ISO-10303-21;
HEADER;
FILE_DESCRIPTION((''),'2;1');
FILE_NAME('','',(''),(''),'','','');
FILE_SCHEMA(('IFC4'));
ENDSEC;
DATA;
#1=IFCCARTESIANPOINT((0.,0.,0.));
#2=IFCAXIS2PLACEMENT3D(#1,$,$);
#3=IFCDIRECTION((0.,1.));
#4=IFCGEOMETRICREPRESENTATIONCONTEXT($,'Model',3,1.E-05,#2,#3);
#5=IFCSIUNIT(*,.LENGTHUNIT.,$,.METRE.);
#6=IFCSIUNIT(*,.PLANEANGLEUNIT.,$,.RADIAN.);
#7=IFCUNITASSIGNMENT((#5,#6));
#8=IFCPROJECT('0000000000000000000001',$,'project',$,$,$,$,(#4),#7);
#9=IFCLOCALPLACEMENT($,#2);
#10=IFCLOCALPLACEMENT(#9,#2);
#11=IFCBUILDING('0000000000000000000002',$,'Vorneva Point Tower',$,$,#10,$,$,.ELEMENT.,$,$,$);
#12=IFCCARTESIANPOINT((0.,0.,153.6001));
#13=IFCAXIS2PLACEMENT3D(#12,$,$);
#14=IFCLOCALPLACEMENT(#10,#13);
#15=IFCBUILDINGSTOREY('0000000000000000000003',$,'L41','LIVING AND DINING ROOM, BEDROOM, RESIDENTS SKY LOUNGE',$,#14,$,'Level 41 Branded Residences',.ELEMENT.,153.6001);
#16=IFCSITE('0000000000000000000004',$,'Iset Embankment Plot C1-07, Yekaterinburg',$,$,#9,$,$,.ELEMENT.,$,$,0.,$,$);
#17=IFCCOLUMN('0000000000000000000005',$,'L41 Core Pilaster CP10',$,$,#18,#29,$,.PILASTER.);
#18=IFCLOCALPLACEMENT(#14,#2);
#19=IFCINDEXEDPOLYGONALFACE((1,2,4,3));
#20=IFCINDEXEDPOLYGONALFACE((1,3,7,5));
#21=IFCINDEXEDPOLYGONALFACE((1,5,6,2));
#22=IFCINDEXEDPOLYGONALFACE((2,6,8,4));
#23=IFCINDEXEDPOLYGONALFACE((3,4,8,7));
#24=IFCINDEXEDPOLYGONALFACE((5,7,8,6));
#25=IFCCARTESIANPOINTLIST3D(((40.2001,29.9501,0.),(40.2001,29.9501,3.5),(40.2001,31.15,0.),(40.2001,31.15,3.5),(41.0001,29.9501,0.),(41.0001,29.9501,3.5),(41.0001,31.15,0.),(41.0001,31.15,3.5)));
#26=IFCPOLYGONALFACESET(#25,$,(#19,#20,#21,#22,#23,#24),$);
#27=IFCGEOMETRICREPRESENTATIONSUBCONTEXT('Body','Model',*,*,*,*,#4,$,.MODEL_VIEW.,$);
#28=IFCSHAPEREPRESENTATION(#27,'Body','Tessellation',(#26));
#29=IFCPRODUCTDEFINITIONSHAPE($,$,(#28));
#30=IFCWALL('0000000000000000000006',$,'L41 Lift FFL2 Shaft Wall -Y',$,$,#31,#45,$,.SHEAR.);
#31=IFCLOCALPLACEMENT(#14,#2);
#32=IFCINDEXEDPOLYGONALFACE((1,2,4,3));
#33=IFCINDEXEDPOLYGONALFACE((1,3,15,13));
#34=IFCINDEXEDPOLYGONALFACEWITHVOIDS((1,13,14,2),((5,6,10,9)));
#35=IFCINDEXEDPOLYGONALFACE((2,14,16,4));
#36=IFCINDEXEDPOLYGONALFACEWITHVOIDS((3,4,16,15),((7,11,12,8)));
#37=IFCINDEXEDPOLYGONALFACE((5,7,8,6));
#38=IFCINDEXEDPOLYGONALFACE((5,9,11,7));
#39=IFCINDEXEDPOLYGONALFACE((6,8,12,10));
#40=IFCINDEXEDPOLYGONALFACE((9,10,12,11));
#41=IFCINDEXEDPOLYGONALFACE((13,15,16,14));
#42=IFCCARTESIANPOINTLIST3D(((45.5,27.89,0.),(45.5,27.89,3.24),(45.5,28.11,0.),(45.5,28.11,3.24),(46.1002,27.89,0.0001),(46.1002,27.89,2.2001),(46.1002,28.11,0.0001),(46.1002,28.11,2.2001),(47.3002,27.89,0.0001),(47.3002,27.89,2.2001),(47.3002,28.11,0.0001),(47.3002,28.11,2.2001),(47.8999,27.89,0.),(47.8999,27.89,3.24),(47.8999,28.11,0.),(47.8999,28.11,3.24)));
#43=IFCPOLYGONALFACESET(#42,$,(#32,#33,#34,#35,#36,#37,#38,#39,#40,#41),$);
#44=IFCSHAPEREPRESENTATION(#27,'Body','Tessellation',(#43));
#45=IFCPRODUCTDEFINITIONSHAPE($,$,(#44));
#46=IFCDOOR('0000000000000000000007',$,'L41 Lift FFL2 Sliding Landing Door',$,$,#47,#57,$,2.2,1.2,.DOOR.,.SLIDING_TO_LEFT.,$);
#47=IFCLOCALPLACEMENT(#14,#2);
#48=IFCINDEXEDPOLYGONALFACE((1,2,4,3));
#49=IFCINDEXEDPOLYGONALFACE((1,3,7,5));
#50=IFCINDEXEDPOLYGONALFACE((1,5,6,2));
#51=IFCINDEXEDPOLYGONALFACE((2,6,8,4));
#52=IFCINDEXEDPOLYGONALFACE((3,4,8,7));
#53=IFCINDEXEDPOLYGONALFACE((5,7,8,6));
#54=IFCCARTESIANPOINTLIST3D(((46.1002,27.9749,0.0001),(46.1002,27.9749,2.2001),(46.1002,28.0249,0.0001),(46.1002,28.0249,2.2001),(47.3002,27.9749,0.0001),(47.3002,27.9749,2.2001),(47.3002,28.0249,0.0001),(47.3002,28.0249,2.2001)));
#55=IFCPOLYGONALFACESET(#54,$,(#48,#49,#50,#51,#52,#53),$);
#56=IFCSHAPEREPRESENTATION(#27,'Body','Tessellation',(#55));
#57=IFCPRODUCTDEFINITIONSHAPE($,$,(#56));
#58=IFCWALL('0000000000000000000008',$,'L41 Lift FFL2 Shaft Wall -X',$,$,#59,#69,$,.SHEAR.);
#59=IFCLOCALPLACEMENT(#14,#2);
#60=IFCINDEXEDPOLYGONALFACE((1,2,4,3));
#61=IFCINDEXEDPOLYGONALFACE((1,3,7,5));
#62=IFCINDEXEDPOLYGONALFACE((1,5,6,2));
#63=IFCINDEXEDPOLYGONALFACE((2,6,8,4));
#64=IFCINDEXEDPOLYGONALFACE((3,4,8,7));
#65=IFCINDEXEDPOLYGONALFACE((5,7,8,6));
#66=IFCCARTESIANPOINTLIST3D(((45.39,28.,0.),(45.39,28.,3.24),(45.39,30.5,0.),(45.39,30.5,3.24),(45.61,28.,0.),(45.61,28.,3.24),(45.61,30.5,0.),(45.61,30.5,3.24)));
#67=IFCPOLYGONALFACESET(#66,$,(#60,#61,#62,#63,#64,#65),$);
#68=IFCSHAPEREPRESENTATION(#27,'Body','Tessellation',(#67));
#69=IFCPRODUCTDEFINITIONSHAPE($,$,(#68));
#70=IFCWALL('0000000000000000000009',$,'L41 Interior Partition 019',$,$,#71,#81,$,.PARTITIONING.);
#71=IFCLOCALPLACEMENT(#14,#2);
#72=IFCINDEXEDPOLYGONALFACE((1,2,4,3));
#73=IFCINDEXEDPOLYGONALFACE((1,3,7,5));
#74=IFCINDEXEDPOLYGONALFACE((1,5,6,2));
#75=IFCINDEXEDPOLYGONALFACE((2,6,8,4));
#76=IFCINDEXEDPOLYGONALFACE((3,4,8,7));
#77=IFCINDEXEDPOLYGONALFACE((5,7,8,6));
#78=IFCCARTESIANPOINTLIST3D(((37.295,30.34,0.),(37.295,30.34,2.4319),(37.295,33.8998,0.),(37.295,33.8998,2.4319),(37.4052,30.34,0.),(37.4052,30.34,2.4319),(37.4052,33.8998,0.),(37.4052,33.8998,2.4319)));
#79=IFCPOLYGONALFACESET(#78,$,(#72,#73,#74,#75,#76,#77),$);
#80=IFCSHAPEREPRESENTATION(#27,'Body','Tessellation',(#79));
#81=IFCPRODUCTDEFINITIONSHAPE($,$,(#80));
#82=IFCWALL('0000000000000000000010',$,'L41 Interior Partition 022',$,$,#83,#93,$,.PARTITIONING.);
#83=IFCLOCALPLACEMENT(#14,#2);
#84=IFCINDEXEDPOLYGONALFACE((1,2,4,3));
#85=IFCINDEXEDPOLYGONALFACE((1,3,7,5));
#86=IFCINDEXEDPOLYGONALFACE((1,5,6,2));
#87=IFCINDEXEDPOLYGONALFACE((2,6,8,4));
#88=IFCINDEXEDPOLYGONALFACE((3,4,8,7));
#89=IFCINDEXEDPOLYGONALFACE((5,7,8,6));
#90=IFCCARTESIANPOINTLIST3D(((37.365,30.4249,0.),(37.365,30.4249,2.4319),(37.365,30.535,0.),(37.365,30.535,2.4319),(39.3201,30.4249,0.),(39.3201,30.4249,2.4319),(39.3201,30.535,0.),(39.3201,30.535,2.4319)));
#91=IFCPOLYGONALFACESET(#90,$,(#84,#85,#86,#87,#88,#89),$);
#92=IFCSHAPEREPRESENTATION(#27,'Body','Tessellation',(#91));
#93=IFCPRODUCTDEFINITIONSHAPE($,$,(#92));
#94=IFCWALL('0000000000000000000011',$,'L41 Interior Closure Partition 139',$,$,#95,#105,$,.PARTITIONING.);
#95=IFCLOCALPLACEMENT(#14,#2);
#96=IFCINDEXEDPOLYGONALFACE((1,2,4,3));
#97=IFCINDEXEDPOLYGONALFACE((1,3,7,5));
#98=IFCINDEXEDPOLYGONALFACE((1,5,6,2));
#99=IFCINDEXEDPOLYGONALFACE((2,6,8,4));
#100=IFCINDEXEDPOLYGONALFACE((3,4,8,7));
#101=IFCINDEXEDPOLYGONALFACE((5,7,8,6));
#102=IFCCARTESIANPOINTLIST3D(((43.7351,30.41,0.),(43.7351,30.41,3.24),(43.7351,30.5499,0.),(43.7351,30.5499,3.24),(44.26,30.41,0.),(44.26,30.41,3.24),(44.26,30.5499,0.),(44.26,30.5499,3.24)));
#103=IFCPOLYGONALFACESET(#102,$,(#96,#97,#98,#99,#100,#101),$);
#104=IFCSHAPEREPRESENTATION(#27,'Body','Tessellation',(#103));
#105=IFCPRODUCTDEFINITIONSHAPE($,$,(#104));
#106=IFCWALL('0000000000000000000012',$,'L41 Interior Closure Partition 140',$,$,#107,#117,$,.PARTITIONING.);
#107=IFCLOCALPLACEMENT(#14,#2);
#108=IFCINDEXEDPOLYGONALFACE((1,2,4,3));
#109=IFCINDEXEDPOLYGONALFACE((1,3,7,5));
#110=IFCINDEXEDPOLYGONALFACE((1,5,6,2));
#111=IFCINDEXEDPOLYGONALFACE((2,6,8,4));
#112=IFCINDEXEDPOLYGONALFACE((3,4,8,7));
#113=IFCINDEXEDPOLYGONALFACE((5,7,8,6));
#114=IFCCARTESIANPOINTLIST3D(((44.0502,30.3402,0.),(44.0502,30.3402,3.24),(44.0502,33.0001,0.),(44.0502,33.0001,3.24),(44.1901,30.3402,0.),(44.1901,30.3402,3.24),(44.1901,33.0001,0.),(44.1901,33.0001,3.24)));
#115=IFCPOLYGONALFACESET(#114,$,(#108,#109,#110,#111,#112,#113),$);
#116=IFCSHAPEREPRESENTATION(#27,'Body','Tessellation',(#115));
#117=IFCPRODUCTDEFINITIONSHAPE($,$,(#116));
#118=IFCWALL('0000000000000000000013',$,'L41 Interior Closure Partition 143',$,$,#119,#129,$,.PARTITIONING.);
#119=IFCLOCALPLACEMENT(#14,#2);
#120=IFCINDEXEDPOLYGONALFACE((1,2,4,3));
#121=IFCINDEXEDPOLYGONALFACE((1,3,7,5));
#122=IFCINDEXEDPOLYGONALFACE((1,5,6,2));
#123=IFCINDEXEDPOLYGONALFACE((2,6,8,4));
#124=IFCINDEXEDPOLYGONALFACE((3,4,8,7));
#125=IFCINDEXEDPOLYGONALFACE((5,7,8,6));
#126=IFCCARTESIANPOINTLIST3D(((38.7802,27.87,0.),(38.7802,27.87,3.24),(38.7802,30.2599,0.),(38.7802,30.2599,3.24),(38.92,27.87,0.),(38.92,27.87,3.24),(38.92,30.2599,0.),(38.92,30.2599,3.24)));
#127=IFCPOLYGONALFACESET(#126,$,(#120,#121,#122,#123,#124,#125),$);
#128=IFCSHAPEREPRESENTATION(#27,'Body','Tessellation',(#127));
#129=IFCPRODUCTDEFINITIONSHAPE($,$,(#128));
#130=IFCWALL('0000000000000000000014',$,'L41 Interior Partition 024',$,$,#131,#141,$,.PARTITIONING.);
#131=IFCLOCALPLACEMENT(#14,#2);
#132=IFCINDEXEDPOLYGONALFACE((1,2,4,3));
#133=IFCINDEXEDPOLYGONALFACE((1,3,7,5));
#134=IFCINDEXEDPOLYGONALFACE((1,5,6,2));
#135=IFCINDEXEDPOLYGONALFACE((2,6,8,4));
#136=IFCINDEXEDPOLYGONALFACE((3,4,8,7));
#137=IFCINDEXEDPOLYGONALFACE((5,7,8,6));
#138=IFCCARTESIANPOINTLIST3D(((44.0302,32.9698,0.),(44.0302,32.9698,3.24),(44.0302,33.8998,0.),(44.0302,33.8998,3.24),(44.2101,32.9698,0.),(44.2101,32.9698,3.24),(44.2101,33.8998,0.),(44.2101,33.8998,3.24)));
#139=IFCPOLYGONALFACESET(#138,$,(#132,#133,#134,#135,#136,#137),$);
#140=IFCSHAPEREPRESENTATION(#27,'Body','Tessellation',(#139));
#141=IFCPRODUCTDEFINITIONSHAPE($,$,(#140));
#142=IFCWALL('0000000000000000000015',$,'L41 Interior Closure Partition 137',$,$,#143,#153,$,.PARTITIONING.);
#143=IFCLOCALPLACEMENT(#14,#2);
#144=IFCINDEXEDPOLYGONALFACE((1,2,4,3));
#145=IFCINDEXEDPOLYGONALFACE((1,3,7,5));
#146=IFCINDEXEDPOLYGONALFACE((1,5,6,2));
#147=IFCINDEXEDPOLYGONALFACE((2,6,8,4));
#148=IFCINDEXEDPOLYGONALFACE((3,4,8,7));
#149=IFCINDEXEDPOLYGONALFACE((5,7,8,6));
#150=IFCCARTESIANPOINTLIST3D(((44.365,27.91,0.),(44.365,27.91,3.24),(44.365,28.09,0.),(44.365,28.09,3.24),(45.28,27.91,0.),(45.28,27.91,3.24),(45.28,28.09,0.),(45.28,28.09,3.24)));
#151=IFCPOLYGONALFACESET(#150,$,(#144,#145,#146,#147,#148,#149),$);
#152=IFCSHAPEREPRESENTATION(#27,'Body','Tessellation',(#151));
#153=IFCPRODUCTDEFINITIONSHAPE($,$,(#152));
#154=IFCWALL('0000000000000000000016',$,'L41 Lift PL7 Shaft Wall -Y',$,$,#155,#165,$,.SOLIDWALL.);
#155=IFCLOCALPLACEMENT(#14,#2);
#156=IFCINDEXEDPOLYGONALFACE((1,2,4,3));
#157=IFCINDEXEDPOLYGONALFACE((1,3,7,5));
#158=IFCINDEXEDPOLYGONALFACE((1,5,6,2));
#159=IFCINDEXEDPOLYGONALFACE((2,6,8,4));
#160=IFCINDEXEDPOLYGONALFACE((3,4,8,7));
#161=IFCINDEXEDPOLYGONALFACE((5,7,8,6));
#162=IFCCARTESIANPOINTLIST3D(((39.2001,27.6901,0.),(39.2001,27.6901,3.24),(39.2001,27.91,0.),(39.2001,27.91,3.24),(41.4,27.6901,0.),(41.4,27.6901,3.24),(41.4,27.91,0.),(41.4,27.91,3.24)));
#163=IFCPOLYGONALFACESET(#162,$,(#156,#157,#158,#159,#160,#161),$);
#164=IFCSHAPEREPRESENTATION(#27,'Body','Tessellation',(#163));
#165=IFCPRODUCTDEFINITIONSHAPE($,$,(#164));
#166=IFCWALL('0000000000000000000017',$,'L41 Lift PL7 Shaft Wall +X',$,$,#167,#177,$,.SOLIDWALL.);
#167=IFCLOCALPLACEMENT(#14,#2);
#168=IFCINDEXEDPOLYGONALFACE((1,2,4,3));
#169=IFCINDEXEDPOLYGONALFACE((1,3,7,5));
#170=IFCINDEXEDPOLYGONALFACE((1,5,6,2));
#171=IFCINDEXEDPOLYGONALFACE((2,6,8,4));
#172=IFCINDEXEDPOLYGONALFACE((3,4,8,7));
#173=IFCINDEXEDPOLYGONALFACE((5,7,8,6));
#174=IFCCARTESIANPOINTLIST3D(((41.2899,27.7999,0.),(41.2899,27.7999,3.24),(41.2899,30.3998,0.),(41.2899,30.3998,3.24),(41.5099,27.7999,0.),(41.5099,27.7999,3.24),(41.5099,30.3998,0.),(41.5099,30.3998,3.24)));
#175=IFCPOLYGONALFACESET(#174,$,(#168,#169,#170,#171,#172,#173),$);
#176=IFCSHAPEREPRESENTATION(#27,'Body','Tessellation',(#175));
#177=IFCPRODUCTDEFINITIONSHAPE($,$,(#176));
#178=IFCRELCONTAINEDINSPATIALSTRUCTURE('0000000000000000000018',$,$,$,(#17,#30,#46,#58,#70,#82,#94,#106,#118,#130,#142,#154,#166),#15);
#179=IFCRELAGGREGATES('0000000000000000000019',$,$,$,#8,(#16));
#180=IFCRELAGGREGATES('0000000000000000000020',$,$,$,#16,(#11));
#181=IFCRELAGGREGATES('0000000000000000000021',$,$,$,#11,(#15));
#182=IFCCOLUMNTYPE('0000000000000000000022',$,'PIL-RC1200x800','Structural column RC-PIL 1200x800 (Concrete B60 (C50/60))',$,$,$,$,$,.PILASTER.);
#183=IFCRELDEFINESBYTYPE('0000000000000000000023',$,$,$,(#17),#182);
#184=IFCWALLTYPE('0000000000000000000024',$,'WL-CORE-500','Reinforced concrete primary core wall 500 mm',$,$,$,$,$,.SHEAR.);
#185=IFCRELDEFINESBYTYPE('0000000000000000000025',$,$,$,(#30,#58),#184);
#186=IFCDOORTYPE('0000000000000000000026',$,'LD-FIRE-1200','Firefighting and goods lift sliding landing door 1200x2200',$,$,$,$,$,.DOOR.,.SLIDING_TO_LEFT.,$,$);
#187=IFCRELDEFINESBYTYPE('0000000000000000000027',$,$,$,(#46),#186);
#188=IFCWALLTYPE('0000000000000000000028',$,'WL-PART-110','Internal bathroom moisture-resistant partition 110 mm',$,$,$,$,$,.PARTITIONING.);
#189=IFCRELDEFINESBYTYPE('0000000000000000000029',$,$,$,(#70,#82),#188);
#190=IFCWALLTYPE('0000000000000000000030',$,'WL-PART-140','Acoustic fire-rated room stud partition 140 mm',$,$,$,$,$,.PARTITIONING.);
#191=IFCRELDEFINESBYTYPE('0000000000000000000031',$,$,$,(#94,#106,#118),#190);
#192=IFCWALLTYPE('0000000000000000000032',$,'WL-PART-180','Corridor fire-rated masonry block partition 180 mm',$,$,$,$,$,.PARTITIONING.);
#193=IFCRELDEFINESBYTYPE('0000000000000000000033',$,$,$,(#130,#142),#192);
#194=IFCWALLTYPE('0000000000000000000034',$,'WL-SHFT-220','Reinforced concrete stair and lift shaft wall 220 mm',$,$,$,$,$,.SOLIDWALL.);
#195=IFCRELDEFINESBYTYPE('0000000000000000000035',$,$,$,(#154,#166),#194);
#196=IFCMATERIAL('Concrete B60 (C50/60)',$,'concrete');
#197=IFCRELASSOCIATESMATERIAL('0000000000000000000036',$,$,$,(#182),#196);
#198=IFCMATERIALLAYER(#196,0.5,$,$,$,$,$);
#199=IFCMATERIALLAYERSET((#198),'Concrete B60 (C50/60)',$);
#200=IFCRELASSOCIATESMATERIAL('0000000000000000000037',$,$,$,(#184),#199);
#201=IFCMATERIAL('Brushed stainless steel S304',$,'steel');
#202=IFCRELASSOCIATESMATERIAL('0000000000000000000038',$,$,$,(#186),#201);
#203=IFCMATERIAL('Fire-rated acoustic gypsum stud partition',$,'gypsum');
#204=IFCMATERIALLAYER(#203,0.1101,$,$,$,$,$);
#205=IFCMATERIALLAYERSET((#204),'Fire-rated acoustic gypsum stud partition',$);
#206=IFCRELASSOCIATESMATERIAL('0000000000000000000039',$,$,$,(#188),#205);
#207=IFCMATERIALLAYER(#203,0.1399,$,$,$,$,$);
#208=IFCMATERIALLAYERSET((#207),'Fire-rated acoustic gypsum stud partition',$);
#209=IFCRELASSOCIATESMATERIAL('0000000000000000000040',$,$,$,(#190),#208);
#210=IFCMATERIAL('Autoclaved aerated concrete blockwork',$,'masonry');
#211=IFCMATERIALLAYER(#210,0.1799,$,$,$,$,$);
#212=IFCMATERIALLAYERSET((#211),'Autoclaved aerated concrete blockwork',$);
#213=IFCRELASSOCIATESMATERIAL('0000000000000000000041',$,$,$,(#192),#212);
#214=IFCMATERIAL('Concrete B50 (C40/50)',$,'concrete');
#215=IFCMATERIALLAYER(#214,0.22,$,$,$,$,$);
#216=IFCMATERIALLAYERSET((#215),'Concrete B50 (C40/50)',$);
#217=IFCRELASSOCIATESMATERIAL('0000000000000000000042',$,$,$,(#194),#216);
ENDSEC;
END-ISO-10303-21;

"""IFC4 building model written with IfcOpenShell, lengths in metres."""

from ifc_helpers import new_model, si_unit, direction, frame, frame_2d, origin, origin_2d, place, context, subcontext, project, spatial, rectangle, extrude, material, layer, layer_set, material_profile, profile_set, type_object, element, fill, save


model = new_model("IFC4")

# Units and contexts
model_context = context("Model", 3, precision=1e-05, world=origin(), true_north=direction((0.0, 1.0)))
body_context = subcontext(model_context, "Body", "Model", "MODEL_VIEW")
ifc_project = project(units=[si_unit("LENGTHUNIT", "METRE"), si_unit("PLANEANGLEUNIT", "RADIAN")], contexts=[model_context])

# Site, building, storey
site_placement = place(None, origin())
site = spatial("IfcSite", under=ifc_project, at=site_placement, Name="Iset Embankment Plot C1-07, Yekaterinburg", CompositionType="ELEMENT", RefElevation=0.0)
building_placement = place(site_placement, origin())
building = spatial("IfcBuilding", under=site, at=building_placement, Name="Vorneva Point Tower", CompositionType="ELEMENT")
storey_placement = place(building_placement, frame((0.0, 0.0, 153.6001)))
storey = spatial("IfcBuildingStorey", under=building, at=storey_placement, Name="L41", Description="LIVING AND DINING ROOM, BEDROOM, RESIDENTS SKY LOUNGE", LongName="Level 41 Branded Residences", CompositionType="ELEMENT", Elevation=153.6001)

# Column
ifc_material_1 = material(Name="Concrete B60 (C50/60)", Category="concrete")
ifc_material_profile = material_profile(ifc_material_1, rectangle(XDim=0.8, YDim=1.2, at=origin_2d()), Name="RC-PIL 1200x800")
ifc_profile_set = profile_set([ifc_material_profile], Name="Concrete B60 (C50/60)")
column_type = type_object("IfcColumnType", Name="PIL-RC1200x800", Description="Structural column RC-PIL 1200x800 (Concrete B60 (C50/60))", PredefinedType="PILASTER", material=ifc_profile_set)
column_placement = place(storey_placement, frame((40.6001, 30.55, 0.0), z_axis=(0.0, 0.0, 1.0), x_axis=(1.0, 0.0, 0.0)))
element("IfcColumn", 1, at=column_placement, inside=storey, type_object=column_type, Name="L41 Core Pilaster CP10", PredefinedType="PILASTER", context=body_context, shape_type="SweptSolid", body=[
    extrude(rectangle(XDim=0.8, YDim=1.2, at=origin_2d()), origin(), (0.0, 0.0, 1.0), 3.5),
])

# Wall, opening, door
ifc_layer_1 = layer(ifc_material_1, 0.5)
ifc_layer_set_1 = layer_set([ifc_layer_1], Name="Concrete B60 (C50/60)")
wall_type_1 = type_object("IfcWallType", Name="WL-CORE-500", Description="Reinforced concrete primary core wall 500 mm", PredefinedType="SHEAR", material=ifc_layer_set_1)
wall_1_placement = place(storey_placement, frame((45.5, 28.0, 0.0), z_axis=(0.0, 0.0, 1.0), x_axis=(1.0, 0.0, 0.0)))
wall_1 = element("IfcWall", 2, at=wall_1_placement, inside=storey, type_object=wall_type_1, Name="L41 Lift FFL2 Shaft Wall -Y", PredefinedType="SHEAR", context=body_context, shape_type="SweptSolid", body=[
    extrude(rectangle(XDim=2.3999, YDim=0.22, at=frame_2d((1.2, 0.0))), origin(), (0.0, 0.0, 1.0), 3.24),
])
opening_1_placement = place(wall_1_placement, frame((0.6001, 0.0, 0.0)))
opening_1 = element("IfcOpeningElement", 3, at=opening_1_placement, cuts=wall_1, PredefinedType="OPENING", context=body_context, shape_type="SweptSolid", body=[
    extrude(rectangle(XDim=1.2, YDim=2.2, at=frame_2d((0.6001, 1.1001))), frame((0.0, 0.125, 0.0), z_axis=(0.0, -1.0, 0.0), x_axis=(1.0, 0.0, 0.0)), (0.0, 0.0, 1.0), 0.2498),
])
ifc_material_2 = material(Name="Brushed stainless steel S304", Category="steel")
door_type_1 = type_object("IfcDoorType", Name="LD-FIRE-1200", Description="Firefighting and goods lift sliding landing door 1200x2200", OperationType="SLIDING_TO_LEFT", PredefinedType="DOOR", material=ifc_material_2)
door_1_placement = place(opening_1_placement, origin())
door_1 = element("IfcDoor", 4, at=door_1_placement, inside=storey, type_object=door_type_1, Name="L41 Lift FFL2 Sliding Landing Door", OperationType="SLIDING_TO_LEFT", OverallHeight=2.2, OverallWidth=1.2, PredefinedType="DOOR", context=body_context, shape_type="SweptSolid", body=[
    extrude(rectangle(XDim=1.2, YDim=2.2, at=frame_2d((0.6001, 1.1001))), frame((0.0, 0.0249, 0.0), z_axis=(0.0, -1.0, 0.0), x_axis=(1.0, 0.0, 0.0)), (0.0, 0.0, 1.0), 0.05),
])
fill(opening_1, door_1)

# Walls
wall_2_placement = place(storey_placement, frame((45.5, 30.5, 0.0), z_axis=(0.0, 0.0, 1.0), x_axis=(0.0, -1.0, 0.0)))
element("IfcWall", 5, at=wall_2_placement, inside=storey, type_object=wall_type_1, Name="L41 Lift FFL2 Shaft Wall -X", PredefinedType="SHEAR", context=body_context, shape_type="SweptSolid", body=[
    extrude(rectangle(XDim=2.5, YDim=0.22, at=frame_2d((1.25, 0.0))), origin(), (0.0, 0.0, 1.0), 3.24),
])
ifc_material_3 = material(Name="Fire-rated acoustic gypsum stud partition", Category="gypsum")
ifc_layer_2 = layer(ifc_material_3, 0.1101)
ifc_layer_set_2 = layer_set([ifc_layer_2], Name="Fire-rated acoustic gypsum stud partition")
wall_type_2 = type_object("IfcWallType", Name="WL-PART-110", Description="Internal bathroom moisture-resistant partition 110 mm", PredefinedType="PARTITIONING", material=ifc_layer_set_2)
wall_3_placement = place(storey_placement, frame((37.3501, 30.3401, 0.0), z_axis=(0.0, 0.0, 1.0), x_axis=(0.0, 1.0, 0.0)))
element("IfcWall", 6, at=wall_3_placement, inside=storey, type_object=wall_type_2, Name="L41 Interior Partition 019", PredefinedType="PARTITIONING", context=body_context, shape_type="SweptSolid", body=[
    extrude(rectangle(XDim=3.5598, YDim=0.1101, at=frame_2d((1.7798, 0.0))), origin(), (0.0, 0.0, 1.0), 2.4319),
])
wall_4_placement = place(storey_placement, frame((37.365, 30.48, 0.0), z_axis=(0.0, 0.0, 1.0), x_axis=(1.0, 0.0, 0.0)))
element("IfcWall", 7, at=wall_4_placement, inside=storey, type_object=wall_type_2, Name="L41 Interior Partition 022", PredefinedType="PARTITIONING", context=body_context, shape_type="SweptSolid", body=[
    extrude(rectangle(XDim=1.9551, YDim=0.1101, at=frame_2d((0.9775, 0.0))), origin(), (0.0, 0.0, 1.0), 2.4319),
])
ifc_layer_3 = layer(ifc_material_3, 0.1399)
ifc_layer_set_3 = layer_set([ifc_layer_3], Name="Fire-rated acoustic gypsum stud partition")
wall_type_3 = type_object("IfcWallType", Name="WL-PART-140", Description="Acoustic fire-rated room stud partition 140 mm", PredefinedType="PARTITIONING", material=ifc_layer_set_3)
wall_5_placement = place(storey_placement, frame((43.7351, 30.48, 0.0), z_axis=(0.0, 0.0, 1.0), x_axis=(1.0, 0.0, 0.0)))
element("IfcWall", 8, at=wall_5_placement, inside=storey, type_object=wall_type_3, Name="L41 Interior Closure Partition 139", PredefinedType="PARTITIONING", context=body_context, shape_type="SweptSolid", body=[
    extrude(rectangle(XDim=0.5249, YDim=0.1399, at=frame_2d((0.2625, 0.0))), origin(), (0.0, 0.0, 1.0), 3.24),
])
wall_6_placement = place(storey_placement, frame((44.1201, 30.3401, 0.0), z_axis=(0.0, 0.0, 1.0), x_axis=(0.0, 1.0, 0.0)))
element("IfcWall", 9, at=wall_6_placement, inside=storey, type_object=wall_type_3, Name="L41 Interior Closure Partition 140", PredefinedType="PARTITIONING", context=body_context, shape_type="SweptSolid", body=[
    extrude(rectangle(XDim=2.6599, YDim=0.1399, at=frame_2d((1.3301, 0.0))), origin(), (0.0, 0.0, 1.0), 3.24),
])
wall_7_placement = place(storey_placement, frame((38.8501, 27.8701, 0.0), z_axis=(0.0, 0.0, 1.0), x_axis=(0.0, 1.0, 0.0)))
element("IfcWall", 10, at=wall_7_placement, inside=storey, type_object=wall_type_3, Name="L41 Interior Closure Partition 143", PredefinedType="PARTITIONING", context=body_context, shape_type="SweptSolid", body=[
    extrude(rectangle(XDim=2.3899, YDim=0.1399, at=frame_2d((1.1948, 0.0))), origin(), (0.0, 0.0, 1.0), 3.24),
])

# Shared definitions
ifc_material_4 = material(Name="Autoclaved aerated concrete blockwork", Category="masonry")
ifc_layer_4 = layer(ifc_material_4, 0.1799)
ifc_layer_set_4 = layer_set([ifc_layer_4], Name="Autoclaved aerated concrete blockwork")
wall_type_4 = type_object("IfcWallType", Name="WL-PART-180", Description="Corridor fire-rated masonry block partition 180 mm", PredefinedType="PARTITIONING", material=ifc_layer_set_4)

# Walls
wall_8_placement = place(storey_placement, frame((44.1201, 32.97, 0.0), z_axis=(0.0, 0.0, 1.0), x_axis=(0.0, 1.0, 0.0)))
element("IfcWall", 11, at=wall_8_placement, inside=storey, type_object=wall_type_4, Name="L41 Interior Partition 024", PredefinedType="PARTITIONING", context=body_context, shape_type="SweptSolid", body=[
    extrude(rectangle(XDim=0.9299, YDim=0.1799, at=frame_2d((0.4648, 0.0))), origin(), (0.0, 0.0, 1.0), 3.24),
])
wall_9_placement = place(storey_placement, frame((45.28, 28.0, 0.0), z_axis=(0.0, 0.0, 1.0), x_axis=(-1.0, 0.0, 0.0)))
element("IfcWall", 12, at=wall_9_placement, inside=storey, type_object=wall_type_4, Name="L41 Interior Closure Partition 137", PredefinedType="PARTITIONING", context=body_context, shape_type="SweptSolid", body=[
    extrude(rectangle(XDim=0.915, YDim=0.1799, at=frame_2d((0.4575, 0.0))), origin(), (0.0, 0.0, 1.0), 3.24),
])
ifc_material_5 = material(Name="Concrete B50 (C40/50)", Category="concrete")
ifc_layer_5 = layer(ifc_material_5, 0.22)
ifc_layer_set_5 = layer_set([ifc_layer_5], Name="Concrete B50 (C40/50)")
wall_type_5 = type_object("IfcWallType", Name="WL-SHFT-220", Description="Reinforced concrete stair and lift shaft wall 220 mm", PredefinedType="SOLIDWALL", material=ifc_layer_set_5)
wall_10_placement = place(storey_placement, frame((39.2, 27.8, 0.0), z_axis=(0.0, 0.0, 1.0), x_axis=(1.0, 0.0, 0.0)))
element("IfcWall", 13, at=wall_10_placement, inside=storey, type_object=wall_type_5, Name="L41 Lift PL7 Shaft Wall -Y", PredefinedType="SOLIDWALL", context=body_context, shape_type="SweptSolid", body=[
    extrude(rectangle(XDim=2.2, YDim=0.22, at=frame_2d((1.1001, 0.0))), origin(), (0.0, 0.0, 1.0), 3.24),
])
wall_11_placement = place(storey_placement, frame((41.3999, 27.8, 0.0), z_axis=(0.0, 0.0, 1.0), x_axis=(0.0, 1.0, 0.0)))
element("IfcWall", 14, at=wall_11_placement, inside=storey, type_object=wall_type_5, Name="L41 Lift PL7 Shaft Wall +X", PredefinedType="SOLIDWALL", context=body_context, shape_type="SweptSolid", body=[
    extrude(rectangle(XDim=2.5999, YDim=0.22, at=frame_2d((1.2998, 0.0))), origin(), (0.0, 0.0, 1.0), 3.24),
])

save(model, "model.ifc")
